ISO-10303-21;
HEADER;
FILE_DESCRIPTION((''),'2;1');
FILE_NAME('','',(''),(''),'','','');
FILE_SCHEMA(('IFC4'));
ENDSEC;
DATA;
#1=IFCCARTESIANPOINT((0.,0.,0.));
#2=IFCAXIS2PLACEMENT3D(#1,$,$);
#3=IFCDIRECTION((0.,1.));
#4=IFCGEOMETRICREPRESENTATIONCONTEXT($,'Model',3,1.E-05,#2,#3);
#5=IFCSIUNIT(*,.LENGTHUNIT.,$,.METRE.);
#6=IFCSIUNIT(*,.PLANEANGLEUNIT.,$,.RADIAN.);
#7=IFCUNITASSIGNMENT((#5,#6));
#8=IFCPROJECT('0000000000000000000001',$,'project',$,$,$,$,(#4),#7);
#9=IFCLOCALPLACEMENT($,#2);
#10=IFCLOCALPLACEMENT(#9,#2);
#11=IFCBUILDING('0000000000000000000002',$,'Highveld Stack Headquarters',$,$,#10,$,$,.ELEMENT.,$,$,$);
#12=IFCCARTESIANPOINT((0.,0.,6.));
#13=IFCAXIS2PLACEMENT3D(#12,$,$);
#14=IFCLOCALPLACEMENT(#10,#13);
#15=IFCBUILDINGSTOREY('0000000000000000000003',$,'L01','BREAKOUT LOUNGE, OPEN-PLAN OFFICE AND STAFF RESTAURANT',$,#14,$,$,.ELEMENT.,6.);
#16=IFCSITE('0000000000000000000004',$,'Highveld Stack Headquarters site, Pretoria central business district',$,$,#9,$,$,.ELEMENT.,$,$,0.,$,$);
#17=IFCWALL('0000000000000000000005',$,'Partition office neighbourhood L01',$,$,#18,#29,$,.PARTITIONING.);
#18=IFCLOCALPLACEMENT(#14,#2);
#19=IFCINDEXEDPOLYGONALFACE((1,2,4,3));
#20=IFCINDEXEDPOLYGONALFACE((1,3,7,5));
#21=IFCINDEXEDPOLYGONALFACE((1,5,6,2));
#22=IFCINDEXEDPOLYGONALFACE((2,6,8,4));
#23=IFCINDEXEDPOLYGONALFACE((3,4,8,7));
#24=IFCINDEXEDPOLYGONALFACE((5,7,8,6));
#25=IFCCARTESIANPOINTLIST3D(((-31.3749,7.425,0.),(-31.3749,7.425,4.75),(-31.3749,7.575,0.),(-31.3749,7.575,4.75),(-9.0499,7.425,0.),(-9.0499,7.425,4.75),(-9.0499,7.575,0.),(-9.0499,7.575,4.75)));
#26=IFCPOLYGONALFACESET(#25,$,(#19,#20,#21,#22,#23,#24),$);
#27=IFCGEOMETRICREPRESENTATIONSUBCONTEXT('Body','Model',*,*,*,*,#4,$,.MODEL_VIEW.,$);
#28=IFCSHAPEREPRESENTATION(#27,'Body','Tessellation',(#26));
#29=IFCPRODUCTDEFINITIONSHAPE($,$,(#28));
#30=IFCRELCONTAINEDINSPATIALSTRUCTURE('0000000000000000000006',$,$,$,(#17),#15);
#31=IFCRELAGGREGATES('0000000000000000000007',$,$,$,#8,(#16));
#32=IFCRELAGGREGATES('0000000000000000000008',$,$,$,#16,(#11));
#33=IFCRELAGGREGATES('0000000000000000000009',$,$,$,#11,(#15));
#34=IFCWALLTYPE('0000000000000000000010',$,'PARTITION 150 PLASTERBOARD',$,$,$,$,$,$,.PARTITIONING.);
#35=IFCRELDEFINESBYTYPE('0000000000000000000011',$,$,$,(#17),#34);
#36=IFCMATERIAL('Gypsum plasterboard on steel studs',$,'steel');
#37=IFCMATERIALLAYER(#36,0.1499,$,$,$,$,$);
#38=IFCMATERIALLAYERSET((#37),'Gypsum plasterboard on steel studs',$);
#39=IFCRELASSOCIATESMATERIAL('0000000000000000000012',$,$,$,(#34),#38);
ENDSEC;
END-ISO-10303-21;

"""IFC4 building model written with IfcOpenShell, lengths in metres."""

from ifc_helpers import new_model, si_unit, direction, frame, frame_2d, origin, place, context, subcontext, project, spatial, rectangle, extrude, material, layer, layer_set, type_object, element, save


model = new_model("IFC4")

# Units and contexts
model_context = context("Model", 3, precision=1e-05, world=origin(), true_north=direction((0.0, 1.0)))
body_context = subcontext(model_context, "Body", "Model", "MODEL_VIEW")
ifc_project = project(units=[si_unit("LENGTHUNIT", "METRE"), si_unit("PLANEANGLEUNIT", "RADIAN")], contexts=[model_context])

# Site, building, storey
site_placement = place(None, origin())
site = spatial("IfcSite", under=ifc_project, at=site_placement, Name="Highveld Stack Headquarters site, Pretoria central business district", CompositionType="ELEMENT", RefElevation=0.0)
building_placement = place(site_placement, origin())
building = spatial("IfcBuilding", under=site, at=building_placement, Name="Highveld Stack Headquarters", CompositionType="ELEMENT")
storey_placement = place(building_placement, frame((0.0, 0.0, 6.0)))
storey = spatial("IfcBuildingStorey", under=building, at=storey_placement, Name="L01", Description="BREAKOUT LOUNGE, OPEN-PLAN OFFICE AND STAFF RESTAURANT", CompositionType="ELEMENT", Elevation=6.0)

# Shared definitions
ifc_material_1 = material(Name="Gypsum plasterboard on steel studs", Category="steel")
ifc_layer_1 = layer(ifc_material_1, 0.1499)
ifc_layer_set_1 = layer_set([ifc_layer_1], Name="Gypsum plasterboard on steel studs")
wall_type = type_object("IfcWallType", Name="PARTITION 150 PLASTERBOARD", PredefinedType="PARTITIONING", material=ifc_layer_set_1)

# Wall
wall_1_placement = place(storey_placement, frame((-31.375, 7.5, 0.0), z_axis=(0.0, 0.0, 1.0), x_axis=(1.0, 0.0, 0.0)))
element("IfcWall", 1, at=wall_1_placement, inside=storey, type_object=wall_type, Name="Partition office neighbourhood L01", PredefinedType="PARTITIONING", context=body_context, shape_type="SweptSolid", body=[
    extrude(rectangle(XDim=22.325, YDim=0.1499, at=frame_2d((11.1626, 0.0))), origin(), (0.0, 0.0, 1.0), 4.75),
])

save(model, "model.ifc")
